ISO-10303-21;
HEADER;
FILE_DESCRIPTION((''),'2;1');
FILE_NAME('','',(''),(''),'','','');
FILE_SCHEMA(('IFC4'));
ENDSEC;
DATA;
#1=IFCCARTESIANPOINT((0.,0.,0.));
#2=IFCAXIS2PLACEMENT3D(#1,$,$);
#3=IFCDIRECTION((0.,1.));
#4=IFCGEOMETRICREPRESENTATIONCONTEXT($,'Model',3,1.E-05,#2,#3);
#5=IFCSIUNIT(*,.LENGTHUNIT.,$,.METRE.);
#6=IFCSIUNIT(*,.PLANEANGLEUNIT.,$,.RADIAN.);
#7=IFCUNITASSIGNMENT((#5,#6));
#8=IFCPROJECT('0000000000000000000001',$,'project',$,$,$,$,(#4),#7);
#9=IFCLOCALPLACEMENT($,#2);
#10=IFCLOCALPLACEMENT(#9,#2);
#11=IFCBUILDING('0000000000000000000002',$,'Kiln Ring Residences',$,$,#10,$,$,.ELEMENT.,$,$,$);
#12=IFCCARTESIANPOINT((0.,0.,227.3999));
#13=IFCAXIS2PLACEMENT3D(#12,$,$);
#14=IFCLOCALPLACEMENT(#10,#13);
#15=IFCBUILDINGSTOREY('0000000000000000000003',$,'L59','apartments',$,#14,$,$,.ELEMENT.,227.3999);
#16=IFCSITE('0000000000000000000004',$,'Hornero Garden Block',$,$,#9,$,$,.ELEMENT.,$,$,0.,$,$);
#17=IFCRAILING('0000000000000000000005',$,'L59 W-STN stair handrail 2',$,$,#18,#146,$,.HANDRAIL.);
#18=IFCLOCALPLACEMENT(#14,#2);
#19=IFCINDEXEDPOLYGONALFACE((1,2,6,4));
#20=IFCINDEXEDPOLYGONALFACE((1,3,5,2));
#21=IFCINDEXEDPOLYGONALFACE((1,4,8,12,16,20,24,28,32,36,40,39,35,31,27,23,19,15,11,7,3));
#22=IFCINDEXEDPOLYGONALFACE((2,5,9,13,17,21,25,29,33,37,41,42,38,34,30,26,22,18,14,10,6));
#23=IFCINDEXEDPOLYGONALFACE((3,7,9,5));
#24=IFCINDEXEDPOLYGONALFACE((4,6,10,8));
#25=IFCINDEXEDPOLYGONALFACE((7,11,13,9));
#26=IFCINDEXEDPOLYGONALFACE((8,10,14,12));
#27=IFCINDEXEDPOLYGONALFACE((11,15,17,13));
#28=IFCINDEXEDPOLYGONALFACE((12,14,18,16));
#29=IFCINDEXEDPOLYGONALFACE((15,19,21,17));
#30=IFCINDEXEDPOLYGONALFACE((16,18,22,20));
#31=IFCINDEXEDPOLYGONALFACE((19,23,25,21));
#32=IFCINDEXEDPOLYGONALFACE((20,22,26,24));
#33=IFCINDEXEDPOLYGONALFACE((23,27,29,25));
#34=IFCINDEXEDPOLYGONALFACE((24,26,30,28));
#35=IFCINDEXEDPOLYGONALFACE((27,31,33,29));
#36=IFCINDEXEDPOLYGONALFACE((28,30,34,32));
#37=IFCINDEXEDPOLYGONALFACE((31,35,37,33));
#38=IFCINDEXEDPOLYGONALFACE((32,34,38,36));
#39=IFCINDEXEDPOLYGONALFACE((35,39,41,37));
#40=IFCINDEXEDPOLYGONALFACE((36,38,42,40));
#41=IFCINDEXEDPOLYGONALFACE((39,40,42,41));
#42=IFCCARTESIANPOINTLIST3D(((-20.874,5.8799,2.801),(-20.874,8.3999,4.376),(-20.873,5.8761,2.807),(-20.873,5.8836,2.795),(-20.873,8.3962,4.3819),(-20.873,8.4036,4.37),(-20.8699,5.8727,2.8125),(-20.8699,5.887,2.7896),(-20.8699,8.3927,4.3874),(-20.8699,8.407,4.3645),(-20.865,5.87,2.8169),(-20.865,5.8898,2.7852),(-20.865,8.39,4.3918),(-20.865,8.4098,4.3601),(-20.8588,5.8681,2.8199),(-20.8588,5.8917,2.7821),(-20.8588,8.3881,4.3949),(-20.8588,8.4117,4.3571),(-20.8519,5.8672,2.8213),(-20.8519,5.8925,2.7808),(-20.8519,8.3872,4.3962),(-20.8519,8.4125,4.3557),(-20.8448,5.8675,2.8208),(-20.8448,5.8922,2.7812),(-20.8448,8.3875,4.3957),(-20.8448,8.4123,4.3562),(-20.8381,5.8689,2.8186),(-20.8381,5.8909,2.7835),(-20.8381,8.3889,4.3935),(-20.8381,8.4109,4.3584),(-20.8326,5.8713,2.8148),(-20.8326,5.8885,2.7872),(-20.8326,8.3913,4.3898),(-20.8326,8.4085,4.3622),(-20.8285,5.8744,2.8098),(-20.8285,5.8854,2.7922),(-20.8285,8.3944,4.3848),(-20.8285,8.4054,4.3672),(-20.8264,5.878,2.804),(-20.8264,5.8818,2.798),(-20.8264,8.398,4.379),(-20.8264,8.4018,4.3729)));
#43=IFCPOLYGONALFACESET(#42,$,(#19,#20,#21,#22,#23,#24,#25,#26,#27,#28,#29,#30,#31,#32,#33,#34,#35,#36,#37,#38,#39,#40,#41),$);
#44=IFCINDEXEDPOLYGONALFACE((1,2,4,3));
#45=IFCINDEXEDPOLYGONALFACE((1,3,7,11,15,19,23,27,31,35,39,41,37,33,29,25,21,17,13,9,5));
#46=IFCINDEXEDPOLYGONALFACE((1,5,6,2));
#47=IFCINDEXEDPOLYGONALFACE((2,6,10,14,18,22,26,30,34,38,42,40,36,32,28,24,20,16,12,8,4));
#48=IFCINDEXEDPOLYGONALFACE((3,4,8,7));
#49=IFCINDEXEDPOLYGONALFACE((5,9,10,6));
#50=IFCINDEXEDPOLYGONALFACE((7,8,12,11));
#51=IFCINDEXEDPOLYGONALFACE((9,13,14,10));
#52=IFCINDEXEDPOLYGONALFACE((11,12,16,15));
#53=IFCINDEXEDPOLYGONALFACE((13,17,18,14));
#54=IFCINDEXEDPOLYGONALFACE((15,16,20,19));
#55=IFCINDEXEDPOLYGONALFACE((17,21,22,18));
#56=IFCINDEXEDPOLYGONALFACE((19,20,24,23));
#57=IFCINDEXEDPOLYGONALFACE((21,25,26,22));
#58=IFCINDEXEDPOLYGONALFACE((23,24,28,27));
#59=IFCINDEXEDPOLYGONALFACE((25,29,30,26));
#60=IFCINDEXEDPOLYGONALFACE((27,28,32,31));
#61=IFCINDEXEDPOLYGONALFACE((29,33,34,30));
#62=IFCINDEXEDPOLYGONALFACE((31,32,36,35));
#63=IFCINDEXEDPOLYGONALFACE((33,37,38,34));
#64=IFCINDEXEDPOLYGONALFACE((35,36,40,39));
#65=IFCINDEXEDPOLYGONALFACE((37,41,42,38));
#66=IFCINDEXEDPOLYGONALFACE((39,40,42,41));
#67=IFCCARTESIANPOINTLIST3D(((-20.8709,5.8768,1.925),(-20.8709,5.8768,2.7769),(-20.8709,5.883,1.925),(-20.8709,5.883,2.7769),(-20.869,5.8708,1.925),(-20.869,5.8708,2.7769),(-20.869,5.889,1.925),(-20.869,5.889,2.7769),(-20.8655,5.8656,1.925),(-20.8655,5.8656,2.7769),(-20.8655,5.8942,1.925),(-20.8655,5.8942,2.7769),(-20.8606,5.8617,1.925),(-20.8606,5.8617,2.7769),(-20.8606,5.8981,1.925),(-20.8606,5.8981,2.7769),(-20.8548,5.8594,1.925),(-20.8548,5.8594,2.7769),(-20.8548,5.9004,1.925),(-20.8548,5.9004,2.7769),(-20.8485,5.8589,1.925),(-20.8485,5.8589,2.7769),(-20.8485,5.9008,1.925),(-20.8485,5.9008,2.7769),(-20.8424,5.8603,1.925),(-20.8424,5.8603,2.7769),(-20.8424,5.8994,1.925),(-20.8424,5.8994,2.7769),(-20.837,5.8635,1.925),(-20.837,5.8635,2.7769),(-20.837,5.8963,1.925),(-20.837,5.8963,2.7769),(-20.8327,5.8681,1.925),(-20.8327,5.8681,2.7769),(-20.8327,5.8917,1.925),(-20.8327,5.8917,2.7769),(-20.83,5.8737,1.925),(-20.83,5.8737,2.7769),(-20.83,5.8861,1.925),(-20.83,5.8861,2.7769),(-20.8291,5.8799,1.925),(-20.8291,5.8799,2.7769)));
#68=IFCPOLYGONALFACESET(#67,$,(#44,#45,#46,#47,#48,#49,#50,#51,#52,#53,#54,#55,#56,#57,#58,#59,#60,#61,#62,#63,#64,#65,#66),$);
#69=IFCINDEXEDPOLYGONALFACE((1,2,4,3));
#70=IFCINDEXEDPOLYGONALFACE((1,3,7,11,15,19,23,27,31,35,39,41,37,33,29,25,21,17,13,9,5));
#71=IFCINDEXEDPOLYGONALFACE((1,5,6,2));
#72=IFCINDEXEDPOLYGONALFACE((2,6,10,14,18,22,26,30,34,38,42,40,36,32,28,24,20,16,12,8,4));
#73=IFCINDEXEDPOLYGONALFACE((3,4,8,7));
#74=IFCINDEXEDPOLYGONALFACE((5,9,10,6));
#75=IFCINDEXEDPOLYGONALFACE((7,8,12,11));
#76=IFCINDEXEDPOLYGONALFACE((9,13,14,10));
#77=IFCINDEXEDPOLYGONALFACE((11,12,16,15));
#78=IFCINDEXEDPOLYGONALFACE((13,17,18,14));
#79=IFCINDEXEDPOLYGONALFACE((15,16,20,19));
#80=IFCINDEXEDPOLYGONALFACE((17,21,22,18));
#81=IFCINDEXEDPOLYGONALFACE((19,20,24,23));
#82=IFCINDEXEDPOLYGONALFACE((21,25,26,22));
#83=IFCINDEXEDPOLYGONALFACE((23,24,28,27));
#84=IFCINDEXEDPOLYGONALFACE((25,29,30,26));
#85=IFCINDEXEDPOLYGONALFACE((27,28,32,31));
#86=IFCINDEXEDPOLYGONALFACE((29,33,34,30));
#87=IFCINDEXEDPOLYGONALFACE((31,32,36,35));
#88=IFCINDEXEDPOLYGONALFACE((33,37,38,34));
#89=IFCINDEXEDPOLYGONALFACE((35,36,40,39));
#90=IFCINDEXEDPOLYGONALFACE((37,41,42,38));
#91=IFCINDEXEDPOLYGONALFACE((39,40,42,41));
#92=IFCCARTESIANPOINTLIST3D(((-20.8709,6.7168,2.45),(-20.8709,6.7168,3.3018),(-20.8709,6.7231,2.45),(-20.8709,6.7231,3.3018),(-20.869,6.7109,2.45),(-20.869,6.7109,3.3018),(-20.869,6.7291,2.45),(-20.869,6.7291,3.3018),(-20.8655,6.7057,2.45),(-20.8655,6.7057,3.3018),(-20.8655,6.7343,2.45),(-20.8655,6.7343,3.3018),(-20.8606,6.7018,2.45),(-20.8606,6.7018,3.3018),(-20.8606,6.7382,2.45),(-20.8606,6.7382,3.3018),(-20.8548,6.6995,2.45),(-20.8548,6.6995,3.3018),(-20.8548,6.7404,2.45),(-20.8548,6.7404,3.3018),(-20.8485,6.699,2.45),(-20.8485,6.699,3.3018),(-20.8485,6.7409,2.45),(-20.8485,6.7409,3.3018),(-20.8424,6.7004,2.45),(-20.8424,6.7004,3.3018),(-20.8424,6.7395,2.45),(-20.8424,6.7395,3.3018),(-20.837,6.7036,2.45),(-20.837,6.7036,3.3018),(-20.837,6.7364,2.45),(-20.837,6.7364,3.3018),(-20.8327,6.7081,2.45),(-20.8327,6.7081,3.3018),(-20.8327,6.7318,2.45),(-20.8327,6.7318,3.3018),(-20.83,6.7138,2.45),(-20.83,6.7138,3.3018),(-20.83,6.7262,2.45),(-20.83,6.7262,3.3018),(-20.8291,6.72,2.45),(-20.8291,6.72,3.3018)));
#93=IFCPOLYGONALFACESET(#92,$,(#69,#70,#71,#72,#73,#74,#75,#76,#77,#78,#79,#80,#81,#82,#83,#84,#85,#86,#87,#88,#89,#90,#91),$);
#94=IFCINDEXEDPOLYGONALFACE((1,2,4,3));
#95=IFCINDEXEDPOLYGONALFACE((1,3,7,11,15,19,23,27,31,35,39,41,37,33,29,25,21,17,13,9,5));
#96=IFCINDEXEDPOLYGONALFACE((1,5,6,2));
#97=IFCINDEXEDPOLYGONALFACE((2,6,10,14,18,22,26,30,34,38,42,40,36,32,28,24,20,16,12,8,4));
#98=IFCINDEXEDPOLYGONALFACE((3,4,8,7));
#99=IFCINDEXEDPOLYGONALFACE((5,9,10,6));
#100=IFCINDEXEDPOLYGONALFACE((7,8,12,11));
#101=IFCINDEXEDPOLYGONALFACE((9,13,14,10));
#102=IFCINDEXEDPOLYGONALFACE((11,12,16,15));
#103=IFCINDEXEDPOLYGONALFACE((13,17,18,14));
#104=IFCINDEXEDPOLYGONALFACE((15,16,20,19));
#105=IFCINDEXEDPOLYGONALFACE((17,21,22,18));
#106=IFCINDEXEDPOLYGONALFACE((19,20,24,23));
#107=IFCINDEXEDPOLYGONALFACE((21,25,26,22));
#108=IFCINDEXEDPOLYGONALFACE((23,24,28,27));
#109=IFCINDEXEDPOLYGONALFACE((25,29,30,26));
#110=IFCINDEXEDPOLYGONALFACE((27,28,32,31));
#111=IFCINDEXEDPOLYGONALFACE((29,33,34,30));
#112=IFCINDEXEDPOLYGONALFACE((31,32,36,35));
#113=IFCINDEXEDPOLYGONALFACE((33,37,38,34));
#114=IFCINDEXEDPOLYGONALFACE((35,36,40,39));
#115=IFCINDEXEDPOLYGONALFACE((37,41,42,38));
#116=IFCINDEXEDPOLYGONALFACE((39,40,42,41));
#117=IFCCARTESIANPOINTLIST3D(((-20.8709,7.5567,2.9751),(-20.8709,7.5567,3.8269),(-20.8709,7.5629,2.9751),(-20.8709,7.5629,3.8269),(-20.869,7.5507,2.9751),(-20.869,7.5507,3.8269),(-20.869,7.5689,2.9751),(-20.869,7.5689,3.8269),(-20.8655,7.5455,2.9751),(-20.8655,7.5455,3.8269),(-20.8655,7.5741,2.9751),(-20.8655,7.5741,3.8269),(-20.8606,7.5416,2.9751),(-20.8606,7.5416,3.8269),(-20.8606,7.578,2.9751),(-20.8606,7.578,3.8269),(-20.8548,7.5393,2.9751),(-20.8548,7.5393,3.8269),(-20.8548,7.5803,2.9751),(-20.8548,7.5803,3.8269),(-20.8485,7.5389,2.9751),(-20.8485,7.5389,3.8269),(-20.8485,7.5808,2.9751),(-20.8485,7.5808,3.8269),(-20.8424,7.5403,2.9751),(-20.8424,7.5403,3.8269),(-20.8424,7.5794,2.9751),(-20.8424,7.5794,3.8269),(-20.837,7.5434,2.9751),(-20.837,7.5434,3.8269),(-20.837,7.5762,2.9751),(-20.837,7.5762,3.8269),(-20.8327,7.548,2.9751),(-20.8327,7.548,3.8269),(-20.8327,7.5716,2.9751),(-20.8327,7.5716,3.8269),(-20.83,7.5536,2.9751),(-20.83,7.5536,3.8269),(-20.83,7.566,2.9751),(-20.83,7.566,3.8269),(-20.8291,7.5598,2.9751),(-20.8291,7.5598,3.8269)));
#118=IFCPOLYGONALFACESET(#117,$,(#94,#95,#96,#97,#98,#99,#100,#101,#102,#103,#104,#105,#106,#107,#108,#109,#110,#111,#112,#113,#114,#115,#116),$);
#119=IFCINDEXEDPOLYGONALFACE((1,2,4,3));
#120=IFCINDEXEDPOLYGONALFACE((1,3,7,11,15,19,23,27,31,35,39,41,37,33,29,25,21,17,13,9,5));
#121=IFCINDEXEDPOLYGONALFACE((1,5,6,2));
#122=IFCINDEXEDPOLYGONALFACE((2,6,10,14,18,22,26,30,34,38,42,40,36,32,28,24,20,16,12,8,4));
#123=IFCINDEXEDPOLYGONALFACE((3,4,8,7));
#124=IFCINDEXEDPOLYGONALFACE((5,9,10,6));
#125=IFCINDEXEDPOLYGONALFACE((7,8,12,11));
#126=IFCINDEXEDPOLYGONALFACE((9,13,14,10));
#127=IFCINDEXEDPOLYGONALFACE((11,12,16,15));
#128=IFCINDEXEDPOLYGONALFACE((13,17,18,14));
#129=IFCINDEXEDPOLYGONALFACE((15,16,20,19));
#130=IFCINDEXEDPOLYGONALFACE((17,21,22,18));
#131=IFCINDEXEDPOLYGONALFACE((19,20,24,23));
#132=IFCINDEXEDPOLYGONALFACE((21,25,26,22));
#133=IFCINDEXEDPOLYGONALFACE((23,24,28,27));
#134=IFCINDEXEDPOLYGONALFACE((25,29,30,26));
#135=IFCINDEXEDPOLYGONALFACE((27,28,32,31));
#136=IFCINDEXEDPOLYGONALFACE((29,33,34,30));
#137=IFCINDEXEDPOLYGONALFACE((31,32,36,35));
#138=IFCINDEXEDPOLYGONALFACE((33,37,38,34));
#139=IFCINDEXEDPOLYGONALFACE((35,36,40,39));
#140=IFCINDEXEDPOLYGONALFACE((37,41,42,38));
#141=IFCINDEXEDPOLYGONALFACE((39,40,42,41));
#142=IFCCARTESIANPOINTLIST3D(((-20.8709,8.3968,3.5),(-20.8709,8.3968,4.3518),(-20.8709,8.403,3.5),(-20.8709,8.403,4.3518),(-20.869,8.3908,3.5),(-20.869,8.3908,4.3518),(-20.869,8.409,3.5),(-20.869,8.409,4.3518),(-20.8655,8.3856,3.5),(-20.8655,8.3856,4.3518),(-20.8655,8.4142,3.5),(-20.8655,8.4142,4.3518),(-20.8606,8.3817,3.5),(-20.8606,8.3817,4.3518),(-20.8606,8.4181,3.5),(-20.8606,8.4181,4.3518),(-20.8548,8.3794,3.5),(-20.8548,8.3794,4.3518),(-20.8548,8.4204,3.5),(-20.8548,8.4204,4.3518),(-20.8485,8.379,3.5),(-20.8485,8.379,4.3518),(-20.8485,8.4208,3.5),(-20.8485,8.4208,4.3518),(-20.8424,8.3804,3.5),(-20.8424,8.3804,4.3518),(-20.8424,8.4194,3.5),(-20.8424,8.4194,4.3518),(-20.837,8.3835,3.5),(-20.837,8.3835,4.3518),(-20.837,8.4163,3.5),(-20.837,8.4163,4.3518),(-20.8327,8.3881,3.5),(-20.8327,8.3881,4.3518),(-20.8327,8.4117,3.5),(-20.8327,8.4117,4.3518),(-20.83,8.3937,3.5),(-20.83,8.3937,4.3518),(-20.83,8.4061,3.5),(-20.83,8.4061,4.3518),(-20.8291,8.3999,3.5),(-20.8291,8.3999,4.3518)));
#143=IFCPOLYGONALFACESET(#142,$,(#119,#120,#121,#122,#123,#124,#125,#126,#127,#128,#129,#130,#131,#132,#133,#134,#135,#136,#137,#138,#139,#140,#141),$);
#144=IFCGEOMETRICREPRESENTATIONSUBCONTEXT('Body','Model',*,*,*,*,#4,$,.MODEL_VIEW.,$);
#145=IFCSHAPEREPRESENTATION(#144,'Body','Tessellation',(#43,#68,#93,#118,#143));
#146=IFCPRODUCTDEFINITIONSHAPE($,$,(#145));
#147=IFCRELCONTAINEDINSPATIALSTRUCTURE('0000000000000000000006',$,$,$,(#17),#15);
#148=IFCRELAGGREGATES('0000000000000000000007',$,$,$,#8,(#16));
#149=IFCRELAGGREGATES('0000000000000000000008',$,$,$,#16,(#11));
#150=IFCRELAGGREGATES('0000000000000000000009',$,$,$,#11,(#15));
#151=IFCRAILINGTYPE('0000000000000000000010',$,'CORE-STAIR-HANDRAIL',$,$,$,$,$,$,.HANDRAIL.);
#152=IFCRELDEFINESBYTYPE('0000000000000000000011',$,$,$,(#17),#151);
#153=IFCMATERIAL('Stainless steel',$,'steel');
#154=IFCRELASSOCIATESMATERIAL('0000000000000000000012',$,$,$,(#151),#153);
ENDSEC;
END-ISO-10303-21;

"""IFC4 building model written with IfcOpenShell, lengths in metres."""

from ifc_helpers import new_model, si_unit, direction, frame, origin, origin_2d, place, context, subcontext, project, spatial, circle, extrude, material, type_object, element, save


model = new_model("IFC4")

# Units and contexts
model_context = context("Model", 3, precision=1e-05, world=origin(), true_north=direction((0.0, 1.0)))
body_context = subcontext(model_context, "Body", "Model", "MODEL_VIEW")
ifc_project = project(units=[si_unit("LENGTHUNIT", "METRE"), si_unit("PLANEANGLEUNIT", "RADIAN")], contexts=[model_context])

# Site, building, storey
site_placement = place(None, origin())
site = spatial("IfcSite", under=ifc_project, at=site_placement, Name="Hornero Garden Block", CompositionType="ELEMENT", RefElevation=0.0)
building_placement = place(site_placement, origin())
building = spatial("IfcBuilding", under=site, at=building_placement, Name="Kiln Ring Residences", CompositionType="ELEMENT")
storey_placement = place(building_placement, frame((0.0, 0.0, 227.3999)))
storey = spatial("IfcBuildingStorey", under=building, at=storey_placement, Name="L59", Description="apartments", CompositionType="ELEMENT", Elevation=227.3999)

# Railing
ifc_material_1 = material(Name="Stainless steel", Category="steel")
railing_type_1 = type_object("IfcRailingType", Name="CORE-STAIR-HANDRAIL", PredefinedType="HANDRAIL", material=ifc_material_1)
railing_1_placement = place(storey_placement, frame((-20.8501, 5.8799, 1.925)))
element("IfcRailing", 1, at=railing_1_placement, inside=storey, type_object=railing_type_1, Name="L59 W-STN stair handrail 2", PredefinedType="HANDRAIL", context=body_context, shape_type="SweptSolid", body=[
    extrude(circle(Radius=0.0239, at=origin_2d()), frame((0.0, 0.0, 0.876), z_axis=(0.0, 0.848008, 0.529984), x_axis=(-1.0, 0.0, 0.0)), (0.0, 0.0, 1.0), 2.9717),
    extrude(circle(Radius=0.021, at=origin_2d()), origin(), (0.0, 0.0, 1.0), 0.8518),
    extrude(circle(Radius=0.021, at=origin_2d()), frame((0.0, 0.8401, 0.5249)), (0.0, 0.0, 1.0), 0.8518),
    extrude(circle(Radius=0.021, at=origin_2d()), frame((0.0, 1.6799, 1.05)), (0.0, 0.0, 1.0), 0.8518),
    extrude(circle(Radius=0.021, at=origin_2d()), frame((0.0, 2.52, 1.575)), (0.0, 0.0, 1.0), 0.8518),
])

save(model, "model.ifc")
